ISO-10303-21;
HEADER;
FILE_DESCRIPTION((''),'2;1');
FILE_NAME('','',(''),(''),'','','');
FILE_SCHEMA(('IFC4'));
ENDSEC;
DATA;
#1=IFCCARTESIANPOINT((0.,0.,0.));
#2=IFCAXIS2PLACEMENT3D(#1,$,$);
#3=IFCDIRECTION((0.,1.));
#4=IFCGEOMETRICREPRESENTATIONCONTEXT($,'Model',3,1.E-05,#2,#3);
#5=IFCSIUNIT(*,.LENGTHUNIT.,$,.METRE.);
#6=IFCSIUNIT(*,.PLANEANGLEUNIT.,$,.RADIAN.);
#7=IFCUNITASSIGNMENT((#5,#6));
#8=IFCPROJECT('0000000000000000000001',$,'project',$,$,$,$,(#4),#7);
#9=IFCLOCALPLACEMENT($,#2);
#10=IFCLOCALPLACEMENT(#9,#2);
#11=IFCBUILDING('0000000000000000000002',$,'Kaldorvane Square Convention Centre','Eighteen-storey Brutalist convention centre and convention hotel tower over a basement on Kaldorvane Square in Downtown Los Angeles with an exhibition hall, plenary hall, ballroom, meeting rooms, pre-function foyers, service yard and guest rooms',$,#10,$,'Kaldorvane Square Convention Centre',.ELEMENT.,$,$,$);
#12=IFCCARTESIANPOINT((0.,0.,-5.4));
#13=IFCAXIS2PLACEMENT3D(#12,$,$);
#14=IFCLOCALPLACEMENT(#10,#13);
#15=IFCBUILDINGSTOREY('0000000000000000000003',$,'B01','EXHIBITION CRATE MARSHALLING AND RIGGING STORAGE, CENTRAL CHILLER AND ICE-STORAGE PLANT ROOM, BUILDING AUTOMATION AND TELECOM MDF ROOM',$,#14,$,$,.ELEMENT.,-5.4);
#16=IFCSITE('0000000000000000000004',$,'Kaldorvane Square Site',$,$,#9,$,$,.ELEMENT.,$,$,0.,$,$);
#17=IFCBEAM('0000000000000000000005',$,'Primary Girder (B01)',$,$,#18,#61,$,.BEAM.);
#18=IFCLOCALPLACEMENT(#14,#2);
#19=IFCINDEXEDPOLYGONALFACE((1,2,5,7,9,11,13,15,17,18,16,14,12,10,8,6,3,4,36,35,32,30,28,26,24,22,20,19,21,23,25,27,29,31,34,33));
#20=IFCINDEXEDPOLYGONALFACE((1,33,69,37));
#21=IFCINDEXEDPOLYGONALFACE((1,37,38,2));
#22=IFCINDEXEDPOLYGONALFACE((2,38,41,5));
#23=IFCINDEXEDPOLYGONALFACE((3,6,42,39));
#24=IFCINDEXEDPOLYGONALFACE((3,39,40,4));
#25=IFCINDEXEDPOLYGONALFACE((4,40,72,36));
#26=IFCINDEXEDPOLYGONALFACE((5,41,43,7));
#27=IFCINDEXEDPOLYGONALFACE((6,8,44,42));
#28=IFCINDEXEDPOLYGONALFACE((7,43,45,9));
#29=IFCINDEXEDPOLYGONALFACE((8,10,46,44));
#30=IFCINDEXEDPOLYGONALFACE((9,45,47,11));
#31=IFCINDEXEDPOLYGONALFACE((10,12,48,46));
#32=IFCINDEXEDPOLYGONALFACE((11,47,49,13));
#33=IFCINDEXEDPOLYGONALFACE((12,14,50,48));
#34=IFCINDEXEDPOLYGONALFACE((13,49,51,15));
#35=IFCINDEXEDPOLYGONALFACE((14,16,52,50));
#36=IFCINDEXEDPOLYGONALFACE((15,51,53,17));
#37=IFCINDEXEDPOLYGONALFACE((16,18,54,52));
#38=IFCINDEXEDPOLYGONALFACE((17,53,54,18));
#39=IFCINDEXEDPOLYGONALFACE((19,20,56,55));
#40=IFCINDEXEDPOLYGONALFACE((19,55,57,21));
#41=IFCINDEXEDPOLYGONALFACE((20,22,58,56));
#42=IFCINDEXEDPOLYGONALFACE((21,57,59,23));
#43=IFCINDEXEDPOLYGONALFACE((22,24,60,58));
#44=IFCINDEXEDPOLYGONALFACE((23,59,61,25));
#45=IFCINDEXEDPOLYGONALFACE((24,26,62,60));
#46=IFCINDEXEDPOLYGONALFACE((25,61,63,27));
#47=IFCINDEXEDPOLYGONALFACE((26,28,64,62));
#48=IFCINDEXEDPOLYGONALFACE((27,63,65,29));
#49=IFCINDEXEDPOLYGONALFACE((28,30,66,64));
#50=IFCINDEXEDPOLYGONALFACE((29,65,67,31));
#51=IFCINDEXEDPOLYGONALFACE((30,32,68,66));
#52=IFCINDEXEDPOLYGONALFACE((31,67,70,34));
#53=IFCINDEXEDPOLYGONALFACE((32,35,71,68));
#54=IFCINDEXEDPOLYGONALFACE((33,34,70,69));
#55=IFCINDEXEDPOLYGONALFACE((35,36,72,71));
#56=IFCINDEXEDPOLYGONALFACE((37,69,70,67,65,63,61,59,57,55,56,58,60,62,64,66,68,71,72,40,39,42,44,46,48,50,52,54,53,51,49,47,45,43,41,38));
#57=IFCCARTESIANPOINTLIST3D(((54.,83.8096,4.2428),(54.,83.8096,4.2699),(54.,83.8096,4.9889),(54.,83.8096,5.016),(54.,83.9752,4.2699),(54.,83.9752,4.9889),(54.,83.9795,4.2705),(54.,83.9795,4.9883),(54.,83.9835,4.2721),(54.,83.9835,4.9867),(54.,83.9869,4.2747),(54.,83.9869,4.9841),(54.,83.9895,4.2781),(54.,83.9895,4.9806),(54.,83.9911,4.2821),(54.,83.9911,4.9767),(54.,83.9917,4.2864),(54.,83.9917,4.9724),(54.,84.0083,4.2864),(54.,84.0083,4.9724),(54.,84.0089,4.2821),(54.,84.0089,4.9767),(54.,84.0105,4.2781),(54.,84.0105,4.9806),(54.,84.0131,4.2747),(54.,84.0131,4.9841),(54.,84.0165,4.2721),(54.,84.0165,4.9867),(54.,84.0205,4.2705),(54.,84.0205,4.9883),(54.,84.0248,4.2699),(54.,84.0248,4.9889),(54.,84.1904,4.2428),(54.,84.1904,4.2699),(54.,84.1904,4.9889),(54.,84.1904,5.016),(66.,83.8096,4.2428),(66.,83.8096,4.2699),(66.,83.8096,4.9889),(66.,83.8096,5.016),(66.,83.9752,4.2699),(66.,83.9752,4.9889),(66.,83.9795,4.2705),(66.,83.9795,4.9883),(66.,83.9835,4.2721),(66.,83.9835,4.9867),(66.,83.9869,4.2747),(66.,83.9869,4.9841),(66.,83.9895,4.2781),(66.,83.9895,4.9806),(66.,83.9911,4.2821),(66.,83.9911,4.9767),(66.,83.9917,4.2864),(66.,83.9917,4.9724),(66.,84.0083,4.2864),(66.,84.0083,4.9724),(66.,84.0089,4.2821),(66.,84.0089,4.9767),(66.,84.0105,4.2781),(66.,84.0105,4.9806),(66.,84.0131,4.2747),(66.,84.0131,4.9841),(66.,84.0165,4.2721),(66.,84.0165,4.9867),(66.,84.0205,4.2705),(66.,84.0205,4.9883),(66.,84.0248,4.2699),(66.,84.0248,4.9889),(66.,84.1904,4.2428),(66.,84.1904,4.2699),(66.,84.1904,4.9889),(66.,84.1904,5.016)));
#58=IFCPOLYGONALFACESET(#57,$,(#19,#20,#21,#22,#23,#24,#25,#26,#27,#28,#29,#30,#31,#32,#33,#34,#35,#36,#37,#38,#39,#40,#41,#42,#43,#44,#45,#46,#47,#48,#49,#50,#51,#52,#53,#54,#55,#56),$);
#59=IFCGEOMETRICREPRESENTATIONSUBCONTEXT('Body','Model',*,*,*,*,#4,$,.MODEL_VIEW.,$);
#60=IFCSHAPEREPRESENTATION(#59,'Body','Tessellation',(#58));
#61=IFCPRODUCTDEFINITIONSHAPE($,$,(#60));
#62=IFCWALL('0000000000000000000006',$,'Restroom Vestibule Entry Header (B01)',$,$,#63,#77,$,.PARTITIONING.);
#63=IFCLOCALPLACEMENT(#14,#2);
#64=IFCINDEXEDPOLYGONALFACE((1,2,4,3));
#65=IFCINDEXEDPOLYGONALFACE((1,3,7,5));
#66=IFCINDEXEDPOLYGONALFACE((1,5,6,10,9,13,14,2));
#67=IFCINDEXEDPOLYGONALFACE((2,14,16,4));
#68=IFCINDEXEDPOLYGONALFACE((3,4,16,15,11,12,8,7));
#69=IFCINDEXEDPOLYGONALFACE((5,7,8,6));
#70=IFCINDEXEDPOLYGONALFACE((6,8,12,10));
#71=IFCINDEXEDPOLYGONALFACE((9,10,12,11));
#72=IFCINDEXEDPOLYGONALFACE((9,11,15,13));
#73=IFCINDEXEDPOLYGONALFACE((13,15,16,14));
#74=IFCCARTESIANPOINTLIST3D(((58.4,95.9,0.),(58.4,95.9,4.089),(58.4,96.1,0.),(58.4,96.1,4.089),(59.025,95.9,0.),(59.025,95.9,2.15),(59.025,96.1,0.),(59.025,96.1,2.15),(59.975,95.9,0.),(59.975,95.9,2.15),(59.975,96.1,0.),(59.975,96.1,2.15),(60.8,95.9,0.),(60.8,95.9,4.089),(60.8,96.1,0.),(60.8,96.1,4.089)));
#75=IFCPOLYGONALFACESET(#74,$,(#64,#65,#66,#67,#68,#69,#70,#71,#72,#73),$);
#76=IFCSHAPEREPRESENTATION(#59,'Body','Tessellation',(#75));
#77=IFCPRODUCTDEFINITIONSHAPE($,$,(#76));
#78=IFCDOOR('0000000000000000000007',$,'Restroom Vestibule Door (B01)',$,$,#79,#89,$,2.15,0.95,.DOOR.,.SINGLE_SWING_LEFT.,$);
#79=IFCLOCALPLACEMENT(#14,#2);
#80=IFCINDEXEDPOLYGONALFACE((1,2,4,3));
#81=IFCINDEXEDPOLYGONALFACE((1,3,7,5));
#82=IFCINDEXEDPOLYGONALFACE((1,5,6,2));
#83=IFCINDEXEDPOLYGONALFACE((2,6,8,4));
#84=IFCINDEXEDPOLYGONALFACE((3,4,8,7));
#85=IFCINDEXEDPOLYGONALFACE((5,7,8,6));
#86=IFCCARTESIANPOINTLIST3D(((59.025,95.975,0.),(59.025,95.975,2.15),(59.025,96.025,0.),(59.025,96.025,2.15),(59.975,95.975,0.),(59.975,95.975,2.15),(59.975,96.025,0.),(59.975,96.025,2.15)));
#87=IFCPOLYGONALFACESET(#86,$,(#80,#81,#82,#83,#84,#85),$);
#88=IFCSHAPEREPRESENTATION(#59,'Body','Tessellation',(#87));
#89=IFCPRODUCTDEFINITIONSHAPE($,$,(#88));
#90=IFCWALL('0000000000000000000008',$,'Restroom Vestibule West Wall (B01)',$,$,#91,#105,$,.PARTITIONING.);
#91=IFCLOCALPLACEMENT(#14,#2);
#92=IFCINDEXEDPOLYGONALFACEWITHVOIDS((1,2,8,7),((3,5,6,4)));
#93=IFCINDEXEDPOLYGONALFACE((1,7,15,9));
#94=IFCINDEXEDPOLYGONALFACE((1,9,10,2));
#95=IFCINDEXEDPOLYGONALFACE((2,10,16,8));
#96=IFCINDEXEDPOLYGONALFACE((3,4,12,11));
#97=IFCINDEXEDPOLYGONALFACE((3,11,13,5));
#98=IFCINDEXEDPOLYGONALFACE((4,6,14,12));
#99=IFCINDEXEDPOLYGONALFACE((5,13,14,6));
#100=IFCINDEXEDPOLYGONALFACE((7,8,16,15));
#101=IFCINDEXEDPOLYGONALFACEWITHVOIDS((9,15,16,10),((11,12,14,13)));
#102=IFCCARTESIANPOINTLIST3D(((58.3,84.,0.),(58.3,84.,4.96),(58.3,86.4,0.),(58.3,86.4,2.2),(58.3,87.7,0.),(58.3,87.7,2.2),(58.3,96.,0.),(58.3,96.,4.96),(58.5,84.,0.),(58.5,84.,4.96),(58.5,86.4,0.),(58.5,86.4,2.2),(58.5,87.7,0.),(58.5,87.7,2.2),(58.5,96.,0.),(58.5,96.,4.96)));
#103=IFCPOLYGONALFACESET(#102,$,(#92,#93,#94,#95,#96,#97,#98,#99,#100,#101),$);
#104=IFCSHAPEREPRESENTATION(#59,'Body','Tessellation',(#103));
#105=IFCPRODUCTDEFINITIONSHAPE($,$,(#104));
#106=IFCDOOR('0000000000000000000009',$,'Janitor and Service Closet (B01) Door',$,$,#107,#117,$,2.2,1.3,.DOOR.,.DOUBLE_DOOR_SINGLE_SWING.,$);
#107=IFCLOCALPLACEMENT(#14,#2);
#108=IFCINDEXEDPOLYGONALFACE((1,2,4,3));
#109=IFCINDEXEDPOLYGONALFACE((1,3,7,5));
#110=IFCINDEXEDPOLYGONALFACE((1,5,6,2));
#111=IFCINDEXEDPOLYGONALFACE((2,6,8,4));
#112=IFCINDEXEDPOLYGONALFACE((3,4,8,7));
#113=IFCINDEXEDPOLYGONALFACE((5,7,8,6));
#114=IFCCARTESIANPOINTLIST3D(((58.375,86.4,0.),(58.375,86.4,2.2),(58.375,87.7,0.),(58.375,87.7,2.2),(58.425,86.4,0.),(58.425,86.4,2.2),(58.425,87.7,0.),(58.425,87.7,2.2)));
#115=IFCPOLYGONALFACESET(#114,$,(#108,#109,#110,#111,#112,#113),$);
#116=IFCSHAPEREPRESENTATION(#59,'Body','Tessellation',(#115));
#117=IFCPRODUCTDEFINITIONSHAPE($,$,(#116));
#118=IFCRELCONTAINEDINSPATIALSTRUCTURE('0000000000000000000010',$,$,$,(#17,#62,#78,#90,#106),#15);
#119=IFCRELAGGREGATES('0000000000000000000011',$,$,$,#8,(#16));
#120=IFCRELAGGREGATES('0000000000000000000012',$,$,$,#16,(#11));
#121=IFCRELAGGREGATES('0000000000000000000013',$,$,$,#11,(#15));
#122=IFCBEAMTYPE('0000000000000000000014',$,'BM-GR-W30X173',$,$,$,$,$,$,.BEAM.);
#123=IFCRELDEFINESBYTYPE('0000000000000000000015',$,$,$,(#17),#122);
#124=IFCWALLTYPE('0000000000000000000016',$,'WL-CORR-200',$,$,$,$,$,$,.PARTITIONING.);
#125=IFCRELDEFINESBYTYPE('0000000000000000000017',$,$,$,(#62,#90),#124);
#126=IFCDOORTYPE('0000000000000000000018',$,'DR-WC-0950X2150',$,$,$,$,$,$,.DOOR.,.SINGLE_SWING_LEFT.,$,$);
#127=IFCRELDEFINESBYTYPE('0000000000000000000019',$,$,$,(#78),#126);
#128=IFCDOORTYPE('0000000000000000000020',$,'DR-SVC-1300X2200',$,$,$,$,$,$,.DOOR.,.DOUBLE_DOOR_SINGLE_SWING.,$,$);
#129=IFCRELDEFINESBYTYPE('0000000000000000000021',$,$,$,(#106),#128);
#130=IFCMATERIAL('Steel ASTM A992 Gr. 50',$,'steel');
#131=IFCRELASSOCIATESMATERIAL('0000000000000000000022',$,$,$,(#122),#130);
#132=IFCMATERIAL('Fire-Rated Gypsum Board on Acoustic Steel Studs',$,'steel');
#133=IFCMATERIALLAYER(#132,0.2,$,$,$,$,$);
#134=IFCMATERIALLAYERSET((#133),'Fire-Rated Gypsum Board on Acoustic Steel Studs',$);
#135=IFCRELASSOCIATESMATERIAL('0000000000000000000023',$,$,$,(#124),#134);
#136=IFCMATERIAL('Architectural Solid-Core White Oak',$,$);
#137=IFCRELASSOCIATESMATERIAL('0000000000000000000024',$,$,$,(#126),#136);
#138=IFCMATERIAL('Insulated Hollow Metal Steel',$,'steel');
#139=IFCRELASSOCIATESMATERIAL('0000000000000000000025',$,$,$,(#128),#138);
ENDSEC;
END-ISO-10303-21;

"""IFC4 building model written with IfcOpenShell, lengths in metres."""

from ifc_helpers import new_model, si_unit, direction, frame, frame_2d, origin, origin_2d, place, context, subcontext, project, spatial, rectangle, i_section, extrude, material, layer, layer_set, material_profile, profile_set, type_object, element, fill, save


model = new_model("IFC4")

# Units and contexts
model_context = context("Model", 3, precision=1e-05, world=origin(), true_north=direction((0.0, 1.0)))
body_context = subcontext(model_context, "Body", "Model", "MODEL_VIEW")
ifc_project = project(units=[si_unit("LENGTHUNIT", "METRE"), si_unit("PLANEANGLEUNIT", "RADIAN")], contexts=[model_context])

# Site, building, storey
site_placement = place(None, origin())
site = spatial("IfcSite", under=ifc_project, at=site_placement, Name="Kaldorvane Square Site", CompositionType="ELEMENT", RefElevation=0.0)
building_placement = place(site_placement, origin())
building = spatial("IfcBuilding", under=site, at=building_placement, Name="Kaldorvane Square Convention Centre", Description="Eighteen-storey Brutalist convention centre and convention hotel tower over a basement on Kaldorvane Square in Downtown Los Angeles with an exhibition hall, plenary hall, ballroom, meeting rooms, pre-function foyers, service yard and guest rooms", LongName="Kaldorvane Square Convention Centre", CompositionType="ELEMENT")
storey_placement = place(building_placement, frame((0.0, 0.0, -5.4)))
storey = spatial("IfcBuildingStorey", under=building, at=storey_placement, Name="B01", Description="EXHIBITION CRATE MARSHALLING AND RIGGING STORAGE, CENTRAL CHILLER AND ICE-STORAGE PLANT ROOM, BUILDING AUTOMATION AND TELECOM MDF ROOM", CompositionType="ELEMENT", Elevation=-5.4)

# Beam
ifc_material_1 = material(Name="Steel ASTM A992 Gr. 50", Category="steel")
ifc_material_profile_1 = material_profile(ifc_material_1, i_section(OverallWidth=0.3807, OverallDepth=0.7732, WebThickness=0.0166, FlangeThickness=0.0271, FilletRadius=0.0165, at=origin_2d()), Name="W30X173")
ifc_profile_set_1 = profile_set([ifc_material_profile_1], Name="Steel ASTM A992 Gr. 50")
beam_type = type_object("IfcBeamType", Name="BM-GR-W30X173", PredefinedType="BEAM", material=ifc_profile_set_1)
beam_placement = place(storey_placement, frame((54.0, 84.0, 4.6294), z_axis=(1.0, 0.0, 0.0), x_axis=(0.0, 1.0, 0.0)))
element("IfcBeam", 1, at=beam_placement, inside=storey, type_object=beam_type, Name="Primary Girder (B01)", PredefinedType="BEAM", context=body_context, shape_type="SweptSolid", body=[
    extrude(i_section(OverallWidth=0.3807, OverallDepth=0.7732, WebThickness=0.0166, FlangeThickness=0.0271, FilletRadius=0.0165, at=origin_2d()), origin(), (0.0, 0.0, 1.0), 12.0),
])

# Walls, openings, doors
ifc_material_2 = material(Name="Fire-Rated Gypsum Board on Acoustic Steel Studs", Category="steel")
ifc_layer_1 = layer(ifc_material_2, 0.2)
ifc_layer_set_1 = layer_set([ifc_layer_1], Name="Fire-Rated Gypsum Board on Acoustic Steel Studs")
wall_type_1 = type_object("IfcWallType", Name="WL-CORR-200", PredefinedType="PARTITIONING", material=ifc_layer_set_1)
wall_1_placement = place(storey_placement, frame((58.4, 96.0, 0.0), z_axis=(0.0, 0.0, 1.0), x_axis=(1.0, 0.0, 0.0)))
wall_1 = element("IfcWall", 2, at=wall_1_placement, inside=storey, type_object=wall_type_1, Name="Restroom Vestibule Entry Header (B01)", PredefinedType="PARTITIONING", context=body_context, shape_type="SweptSolid", body=[
    extrude(rectangle(XDim=2.4, YDim=0.2, at=frame_2d((1.2, 0.0))), origin(), (0.0, 0.0, 1.0), 4.089),
])
opening_1_placement = place(wall_1_placement, frame((0.625, 0.0, 0.0)))
opening_1 = element("IfcOpeningElement", 3, at=opening_1_placement, cuts=wall_1, PredefinedType="OPENING", context=body_context, shape_type="SweptSolid", body=[
    extrude(rectangle(XDim=0.95, YDim=2.15, at=frame_2d((0.475, 1.075))), frame((0.0, 0.115, 0.0), z_axis=(0.0, -1.0, 0.0), x_axis=(1.0, 0.0, 0.0)), (0.0, 0.0, 1.0), 0.23),
])
ifc_material_3 = material(Name="Architectural Solid-Core White Oak")
door_type_1 = type_object("IfcDoorType", Name="DR-WC-0950X2150", OperationType="SINGLE_SWING_LEFT", PredefinedType="DOOR", material=ifc_material_3)
door_1_placement = place(opening_1_placement, origin())
door_1 = element("IfcDoor", 4, at=door_1_placement, inside=storey, type_object=door_type_1, Name="Restroom Vestibule Door (B01)", OperationType="SINGLE_SWING_LEFT", OverallHeight=2.15, OverallWidth=0.95, PredefinedType="DOOR", context=body_context, shape_type="SweptSolid", body=[
    extrude(rectangle(XDim=0.95, YDim=2.15, at=frame_2d((0.475, 1.075))), frame((0.0, 0.025, 0.0), z_axis=(0.0, -1.0, 0.0), x_axis=(1.0, 0.0, 0.0)), (0.0, 0.0, 1.0), 0.05),
])
fill(opening_1, door_1)
wall_2_placement = place(storey_placement, frame((58.4, 84.0, 0.0), z_axis=(0.0, 0.0, 1.0), x_axis=(0.0, 1.0, 0.0)))
wall_2 = element("IfcWall", 5, at=wall_2_placement, inside=storey, type_object=wall_type_1, Name="Restroom Vestibule West Wall (B01)", PredefinedType="PARTITIONING", context=body_context, shape_type="SweptSolid", body=[
    extrude(rectangle(XDim=12.0, YDim=0.2, at=frame_2d((6.0, 0.0))), origin(), (0.0, 0.0, 1.0), 4.96),
])
opening_2_placement = place(wall_2_placement, frame((2.4, 0.0, 0.0)))
opening_2 = element("IfcOpeningElement", 6, at=opening_2_placement, cuts=wall_2, PredefinedType="OPENING", context=body_context, shape_type="SweptSolid", body=[
    extrude(rectangle(XDim=1.3, YDim=2.2, at=frame_2d((0.65, 1.1))), frame((0.0, 0.115, 0.0), z_axis=(0.0, -1.0, 0.0), x_axis=(1.0, 0.0, 0.0)), (0.0, 0.0, 1.0), 0.23),
])
ifc_material_4 = material(Name="Insulated Hollow Metal Steel", Category="steel")
door_type_2 = type_object("IfcDoorType", Name="DR-SVC-1300X2200", OperationType="DOUBLE_DOOR_SINGLE_SWING", PredefinedType="DOOR", material=ifc_material_4)
door_2_placement = place(opening_2_placement, origin())
door_2 = element("IfcDoor", 7, at=door_2_placement, inside=storey, type_object=door_type_2, Name="Janitor and Service Closet (B01) Door", OperationType="DOUBLE_DOOR_SINGLE_SWING", OverallHeight=2.2, OverallWidth=1.3, PredefinedType="DOOR", context=body_context, shape_type="SweptSolid", body=[
    extrude(rectangle(XDim=1.3, YDim=2.2, at=frame_2d((0.65, 1.1))), frame((0.0, 0.025, 0.0), z_axis=(0.0, -1.0, 0.0), x_axis=(1.0, 0.0, 0.0)), (0.0, 0.0, 1.0), 0.05),
])
fill(opening_2, door_2)

save(model, "model.ifc")
